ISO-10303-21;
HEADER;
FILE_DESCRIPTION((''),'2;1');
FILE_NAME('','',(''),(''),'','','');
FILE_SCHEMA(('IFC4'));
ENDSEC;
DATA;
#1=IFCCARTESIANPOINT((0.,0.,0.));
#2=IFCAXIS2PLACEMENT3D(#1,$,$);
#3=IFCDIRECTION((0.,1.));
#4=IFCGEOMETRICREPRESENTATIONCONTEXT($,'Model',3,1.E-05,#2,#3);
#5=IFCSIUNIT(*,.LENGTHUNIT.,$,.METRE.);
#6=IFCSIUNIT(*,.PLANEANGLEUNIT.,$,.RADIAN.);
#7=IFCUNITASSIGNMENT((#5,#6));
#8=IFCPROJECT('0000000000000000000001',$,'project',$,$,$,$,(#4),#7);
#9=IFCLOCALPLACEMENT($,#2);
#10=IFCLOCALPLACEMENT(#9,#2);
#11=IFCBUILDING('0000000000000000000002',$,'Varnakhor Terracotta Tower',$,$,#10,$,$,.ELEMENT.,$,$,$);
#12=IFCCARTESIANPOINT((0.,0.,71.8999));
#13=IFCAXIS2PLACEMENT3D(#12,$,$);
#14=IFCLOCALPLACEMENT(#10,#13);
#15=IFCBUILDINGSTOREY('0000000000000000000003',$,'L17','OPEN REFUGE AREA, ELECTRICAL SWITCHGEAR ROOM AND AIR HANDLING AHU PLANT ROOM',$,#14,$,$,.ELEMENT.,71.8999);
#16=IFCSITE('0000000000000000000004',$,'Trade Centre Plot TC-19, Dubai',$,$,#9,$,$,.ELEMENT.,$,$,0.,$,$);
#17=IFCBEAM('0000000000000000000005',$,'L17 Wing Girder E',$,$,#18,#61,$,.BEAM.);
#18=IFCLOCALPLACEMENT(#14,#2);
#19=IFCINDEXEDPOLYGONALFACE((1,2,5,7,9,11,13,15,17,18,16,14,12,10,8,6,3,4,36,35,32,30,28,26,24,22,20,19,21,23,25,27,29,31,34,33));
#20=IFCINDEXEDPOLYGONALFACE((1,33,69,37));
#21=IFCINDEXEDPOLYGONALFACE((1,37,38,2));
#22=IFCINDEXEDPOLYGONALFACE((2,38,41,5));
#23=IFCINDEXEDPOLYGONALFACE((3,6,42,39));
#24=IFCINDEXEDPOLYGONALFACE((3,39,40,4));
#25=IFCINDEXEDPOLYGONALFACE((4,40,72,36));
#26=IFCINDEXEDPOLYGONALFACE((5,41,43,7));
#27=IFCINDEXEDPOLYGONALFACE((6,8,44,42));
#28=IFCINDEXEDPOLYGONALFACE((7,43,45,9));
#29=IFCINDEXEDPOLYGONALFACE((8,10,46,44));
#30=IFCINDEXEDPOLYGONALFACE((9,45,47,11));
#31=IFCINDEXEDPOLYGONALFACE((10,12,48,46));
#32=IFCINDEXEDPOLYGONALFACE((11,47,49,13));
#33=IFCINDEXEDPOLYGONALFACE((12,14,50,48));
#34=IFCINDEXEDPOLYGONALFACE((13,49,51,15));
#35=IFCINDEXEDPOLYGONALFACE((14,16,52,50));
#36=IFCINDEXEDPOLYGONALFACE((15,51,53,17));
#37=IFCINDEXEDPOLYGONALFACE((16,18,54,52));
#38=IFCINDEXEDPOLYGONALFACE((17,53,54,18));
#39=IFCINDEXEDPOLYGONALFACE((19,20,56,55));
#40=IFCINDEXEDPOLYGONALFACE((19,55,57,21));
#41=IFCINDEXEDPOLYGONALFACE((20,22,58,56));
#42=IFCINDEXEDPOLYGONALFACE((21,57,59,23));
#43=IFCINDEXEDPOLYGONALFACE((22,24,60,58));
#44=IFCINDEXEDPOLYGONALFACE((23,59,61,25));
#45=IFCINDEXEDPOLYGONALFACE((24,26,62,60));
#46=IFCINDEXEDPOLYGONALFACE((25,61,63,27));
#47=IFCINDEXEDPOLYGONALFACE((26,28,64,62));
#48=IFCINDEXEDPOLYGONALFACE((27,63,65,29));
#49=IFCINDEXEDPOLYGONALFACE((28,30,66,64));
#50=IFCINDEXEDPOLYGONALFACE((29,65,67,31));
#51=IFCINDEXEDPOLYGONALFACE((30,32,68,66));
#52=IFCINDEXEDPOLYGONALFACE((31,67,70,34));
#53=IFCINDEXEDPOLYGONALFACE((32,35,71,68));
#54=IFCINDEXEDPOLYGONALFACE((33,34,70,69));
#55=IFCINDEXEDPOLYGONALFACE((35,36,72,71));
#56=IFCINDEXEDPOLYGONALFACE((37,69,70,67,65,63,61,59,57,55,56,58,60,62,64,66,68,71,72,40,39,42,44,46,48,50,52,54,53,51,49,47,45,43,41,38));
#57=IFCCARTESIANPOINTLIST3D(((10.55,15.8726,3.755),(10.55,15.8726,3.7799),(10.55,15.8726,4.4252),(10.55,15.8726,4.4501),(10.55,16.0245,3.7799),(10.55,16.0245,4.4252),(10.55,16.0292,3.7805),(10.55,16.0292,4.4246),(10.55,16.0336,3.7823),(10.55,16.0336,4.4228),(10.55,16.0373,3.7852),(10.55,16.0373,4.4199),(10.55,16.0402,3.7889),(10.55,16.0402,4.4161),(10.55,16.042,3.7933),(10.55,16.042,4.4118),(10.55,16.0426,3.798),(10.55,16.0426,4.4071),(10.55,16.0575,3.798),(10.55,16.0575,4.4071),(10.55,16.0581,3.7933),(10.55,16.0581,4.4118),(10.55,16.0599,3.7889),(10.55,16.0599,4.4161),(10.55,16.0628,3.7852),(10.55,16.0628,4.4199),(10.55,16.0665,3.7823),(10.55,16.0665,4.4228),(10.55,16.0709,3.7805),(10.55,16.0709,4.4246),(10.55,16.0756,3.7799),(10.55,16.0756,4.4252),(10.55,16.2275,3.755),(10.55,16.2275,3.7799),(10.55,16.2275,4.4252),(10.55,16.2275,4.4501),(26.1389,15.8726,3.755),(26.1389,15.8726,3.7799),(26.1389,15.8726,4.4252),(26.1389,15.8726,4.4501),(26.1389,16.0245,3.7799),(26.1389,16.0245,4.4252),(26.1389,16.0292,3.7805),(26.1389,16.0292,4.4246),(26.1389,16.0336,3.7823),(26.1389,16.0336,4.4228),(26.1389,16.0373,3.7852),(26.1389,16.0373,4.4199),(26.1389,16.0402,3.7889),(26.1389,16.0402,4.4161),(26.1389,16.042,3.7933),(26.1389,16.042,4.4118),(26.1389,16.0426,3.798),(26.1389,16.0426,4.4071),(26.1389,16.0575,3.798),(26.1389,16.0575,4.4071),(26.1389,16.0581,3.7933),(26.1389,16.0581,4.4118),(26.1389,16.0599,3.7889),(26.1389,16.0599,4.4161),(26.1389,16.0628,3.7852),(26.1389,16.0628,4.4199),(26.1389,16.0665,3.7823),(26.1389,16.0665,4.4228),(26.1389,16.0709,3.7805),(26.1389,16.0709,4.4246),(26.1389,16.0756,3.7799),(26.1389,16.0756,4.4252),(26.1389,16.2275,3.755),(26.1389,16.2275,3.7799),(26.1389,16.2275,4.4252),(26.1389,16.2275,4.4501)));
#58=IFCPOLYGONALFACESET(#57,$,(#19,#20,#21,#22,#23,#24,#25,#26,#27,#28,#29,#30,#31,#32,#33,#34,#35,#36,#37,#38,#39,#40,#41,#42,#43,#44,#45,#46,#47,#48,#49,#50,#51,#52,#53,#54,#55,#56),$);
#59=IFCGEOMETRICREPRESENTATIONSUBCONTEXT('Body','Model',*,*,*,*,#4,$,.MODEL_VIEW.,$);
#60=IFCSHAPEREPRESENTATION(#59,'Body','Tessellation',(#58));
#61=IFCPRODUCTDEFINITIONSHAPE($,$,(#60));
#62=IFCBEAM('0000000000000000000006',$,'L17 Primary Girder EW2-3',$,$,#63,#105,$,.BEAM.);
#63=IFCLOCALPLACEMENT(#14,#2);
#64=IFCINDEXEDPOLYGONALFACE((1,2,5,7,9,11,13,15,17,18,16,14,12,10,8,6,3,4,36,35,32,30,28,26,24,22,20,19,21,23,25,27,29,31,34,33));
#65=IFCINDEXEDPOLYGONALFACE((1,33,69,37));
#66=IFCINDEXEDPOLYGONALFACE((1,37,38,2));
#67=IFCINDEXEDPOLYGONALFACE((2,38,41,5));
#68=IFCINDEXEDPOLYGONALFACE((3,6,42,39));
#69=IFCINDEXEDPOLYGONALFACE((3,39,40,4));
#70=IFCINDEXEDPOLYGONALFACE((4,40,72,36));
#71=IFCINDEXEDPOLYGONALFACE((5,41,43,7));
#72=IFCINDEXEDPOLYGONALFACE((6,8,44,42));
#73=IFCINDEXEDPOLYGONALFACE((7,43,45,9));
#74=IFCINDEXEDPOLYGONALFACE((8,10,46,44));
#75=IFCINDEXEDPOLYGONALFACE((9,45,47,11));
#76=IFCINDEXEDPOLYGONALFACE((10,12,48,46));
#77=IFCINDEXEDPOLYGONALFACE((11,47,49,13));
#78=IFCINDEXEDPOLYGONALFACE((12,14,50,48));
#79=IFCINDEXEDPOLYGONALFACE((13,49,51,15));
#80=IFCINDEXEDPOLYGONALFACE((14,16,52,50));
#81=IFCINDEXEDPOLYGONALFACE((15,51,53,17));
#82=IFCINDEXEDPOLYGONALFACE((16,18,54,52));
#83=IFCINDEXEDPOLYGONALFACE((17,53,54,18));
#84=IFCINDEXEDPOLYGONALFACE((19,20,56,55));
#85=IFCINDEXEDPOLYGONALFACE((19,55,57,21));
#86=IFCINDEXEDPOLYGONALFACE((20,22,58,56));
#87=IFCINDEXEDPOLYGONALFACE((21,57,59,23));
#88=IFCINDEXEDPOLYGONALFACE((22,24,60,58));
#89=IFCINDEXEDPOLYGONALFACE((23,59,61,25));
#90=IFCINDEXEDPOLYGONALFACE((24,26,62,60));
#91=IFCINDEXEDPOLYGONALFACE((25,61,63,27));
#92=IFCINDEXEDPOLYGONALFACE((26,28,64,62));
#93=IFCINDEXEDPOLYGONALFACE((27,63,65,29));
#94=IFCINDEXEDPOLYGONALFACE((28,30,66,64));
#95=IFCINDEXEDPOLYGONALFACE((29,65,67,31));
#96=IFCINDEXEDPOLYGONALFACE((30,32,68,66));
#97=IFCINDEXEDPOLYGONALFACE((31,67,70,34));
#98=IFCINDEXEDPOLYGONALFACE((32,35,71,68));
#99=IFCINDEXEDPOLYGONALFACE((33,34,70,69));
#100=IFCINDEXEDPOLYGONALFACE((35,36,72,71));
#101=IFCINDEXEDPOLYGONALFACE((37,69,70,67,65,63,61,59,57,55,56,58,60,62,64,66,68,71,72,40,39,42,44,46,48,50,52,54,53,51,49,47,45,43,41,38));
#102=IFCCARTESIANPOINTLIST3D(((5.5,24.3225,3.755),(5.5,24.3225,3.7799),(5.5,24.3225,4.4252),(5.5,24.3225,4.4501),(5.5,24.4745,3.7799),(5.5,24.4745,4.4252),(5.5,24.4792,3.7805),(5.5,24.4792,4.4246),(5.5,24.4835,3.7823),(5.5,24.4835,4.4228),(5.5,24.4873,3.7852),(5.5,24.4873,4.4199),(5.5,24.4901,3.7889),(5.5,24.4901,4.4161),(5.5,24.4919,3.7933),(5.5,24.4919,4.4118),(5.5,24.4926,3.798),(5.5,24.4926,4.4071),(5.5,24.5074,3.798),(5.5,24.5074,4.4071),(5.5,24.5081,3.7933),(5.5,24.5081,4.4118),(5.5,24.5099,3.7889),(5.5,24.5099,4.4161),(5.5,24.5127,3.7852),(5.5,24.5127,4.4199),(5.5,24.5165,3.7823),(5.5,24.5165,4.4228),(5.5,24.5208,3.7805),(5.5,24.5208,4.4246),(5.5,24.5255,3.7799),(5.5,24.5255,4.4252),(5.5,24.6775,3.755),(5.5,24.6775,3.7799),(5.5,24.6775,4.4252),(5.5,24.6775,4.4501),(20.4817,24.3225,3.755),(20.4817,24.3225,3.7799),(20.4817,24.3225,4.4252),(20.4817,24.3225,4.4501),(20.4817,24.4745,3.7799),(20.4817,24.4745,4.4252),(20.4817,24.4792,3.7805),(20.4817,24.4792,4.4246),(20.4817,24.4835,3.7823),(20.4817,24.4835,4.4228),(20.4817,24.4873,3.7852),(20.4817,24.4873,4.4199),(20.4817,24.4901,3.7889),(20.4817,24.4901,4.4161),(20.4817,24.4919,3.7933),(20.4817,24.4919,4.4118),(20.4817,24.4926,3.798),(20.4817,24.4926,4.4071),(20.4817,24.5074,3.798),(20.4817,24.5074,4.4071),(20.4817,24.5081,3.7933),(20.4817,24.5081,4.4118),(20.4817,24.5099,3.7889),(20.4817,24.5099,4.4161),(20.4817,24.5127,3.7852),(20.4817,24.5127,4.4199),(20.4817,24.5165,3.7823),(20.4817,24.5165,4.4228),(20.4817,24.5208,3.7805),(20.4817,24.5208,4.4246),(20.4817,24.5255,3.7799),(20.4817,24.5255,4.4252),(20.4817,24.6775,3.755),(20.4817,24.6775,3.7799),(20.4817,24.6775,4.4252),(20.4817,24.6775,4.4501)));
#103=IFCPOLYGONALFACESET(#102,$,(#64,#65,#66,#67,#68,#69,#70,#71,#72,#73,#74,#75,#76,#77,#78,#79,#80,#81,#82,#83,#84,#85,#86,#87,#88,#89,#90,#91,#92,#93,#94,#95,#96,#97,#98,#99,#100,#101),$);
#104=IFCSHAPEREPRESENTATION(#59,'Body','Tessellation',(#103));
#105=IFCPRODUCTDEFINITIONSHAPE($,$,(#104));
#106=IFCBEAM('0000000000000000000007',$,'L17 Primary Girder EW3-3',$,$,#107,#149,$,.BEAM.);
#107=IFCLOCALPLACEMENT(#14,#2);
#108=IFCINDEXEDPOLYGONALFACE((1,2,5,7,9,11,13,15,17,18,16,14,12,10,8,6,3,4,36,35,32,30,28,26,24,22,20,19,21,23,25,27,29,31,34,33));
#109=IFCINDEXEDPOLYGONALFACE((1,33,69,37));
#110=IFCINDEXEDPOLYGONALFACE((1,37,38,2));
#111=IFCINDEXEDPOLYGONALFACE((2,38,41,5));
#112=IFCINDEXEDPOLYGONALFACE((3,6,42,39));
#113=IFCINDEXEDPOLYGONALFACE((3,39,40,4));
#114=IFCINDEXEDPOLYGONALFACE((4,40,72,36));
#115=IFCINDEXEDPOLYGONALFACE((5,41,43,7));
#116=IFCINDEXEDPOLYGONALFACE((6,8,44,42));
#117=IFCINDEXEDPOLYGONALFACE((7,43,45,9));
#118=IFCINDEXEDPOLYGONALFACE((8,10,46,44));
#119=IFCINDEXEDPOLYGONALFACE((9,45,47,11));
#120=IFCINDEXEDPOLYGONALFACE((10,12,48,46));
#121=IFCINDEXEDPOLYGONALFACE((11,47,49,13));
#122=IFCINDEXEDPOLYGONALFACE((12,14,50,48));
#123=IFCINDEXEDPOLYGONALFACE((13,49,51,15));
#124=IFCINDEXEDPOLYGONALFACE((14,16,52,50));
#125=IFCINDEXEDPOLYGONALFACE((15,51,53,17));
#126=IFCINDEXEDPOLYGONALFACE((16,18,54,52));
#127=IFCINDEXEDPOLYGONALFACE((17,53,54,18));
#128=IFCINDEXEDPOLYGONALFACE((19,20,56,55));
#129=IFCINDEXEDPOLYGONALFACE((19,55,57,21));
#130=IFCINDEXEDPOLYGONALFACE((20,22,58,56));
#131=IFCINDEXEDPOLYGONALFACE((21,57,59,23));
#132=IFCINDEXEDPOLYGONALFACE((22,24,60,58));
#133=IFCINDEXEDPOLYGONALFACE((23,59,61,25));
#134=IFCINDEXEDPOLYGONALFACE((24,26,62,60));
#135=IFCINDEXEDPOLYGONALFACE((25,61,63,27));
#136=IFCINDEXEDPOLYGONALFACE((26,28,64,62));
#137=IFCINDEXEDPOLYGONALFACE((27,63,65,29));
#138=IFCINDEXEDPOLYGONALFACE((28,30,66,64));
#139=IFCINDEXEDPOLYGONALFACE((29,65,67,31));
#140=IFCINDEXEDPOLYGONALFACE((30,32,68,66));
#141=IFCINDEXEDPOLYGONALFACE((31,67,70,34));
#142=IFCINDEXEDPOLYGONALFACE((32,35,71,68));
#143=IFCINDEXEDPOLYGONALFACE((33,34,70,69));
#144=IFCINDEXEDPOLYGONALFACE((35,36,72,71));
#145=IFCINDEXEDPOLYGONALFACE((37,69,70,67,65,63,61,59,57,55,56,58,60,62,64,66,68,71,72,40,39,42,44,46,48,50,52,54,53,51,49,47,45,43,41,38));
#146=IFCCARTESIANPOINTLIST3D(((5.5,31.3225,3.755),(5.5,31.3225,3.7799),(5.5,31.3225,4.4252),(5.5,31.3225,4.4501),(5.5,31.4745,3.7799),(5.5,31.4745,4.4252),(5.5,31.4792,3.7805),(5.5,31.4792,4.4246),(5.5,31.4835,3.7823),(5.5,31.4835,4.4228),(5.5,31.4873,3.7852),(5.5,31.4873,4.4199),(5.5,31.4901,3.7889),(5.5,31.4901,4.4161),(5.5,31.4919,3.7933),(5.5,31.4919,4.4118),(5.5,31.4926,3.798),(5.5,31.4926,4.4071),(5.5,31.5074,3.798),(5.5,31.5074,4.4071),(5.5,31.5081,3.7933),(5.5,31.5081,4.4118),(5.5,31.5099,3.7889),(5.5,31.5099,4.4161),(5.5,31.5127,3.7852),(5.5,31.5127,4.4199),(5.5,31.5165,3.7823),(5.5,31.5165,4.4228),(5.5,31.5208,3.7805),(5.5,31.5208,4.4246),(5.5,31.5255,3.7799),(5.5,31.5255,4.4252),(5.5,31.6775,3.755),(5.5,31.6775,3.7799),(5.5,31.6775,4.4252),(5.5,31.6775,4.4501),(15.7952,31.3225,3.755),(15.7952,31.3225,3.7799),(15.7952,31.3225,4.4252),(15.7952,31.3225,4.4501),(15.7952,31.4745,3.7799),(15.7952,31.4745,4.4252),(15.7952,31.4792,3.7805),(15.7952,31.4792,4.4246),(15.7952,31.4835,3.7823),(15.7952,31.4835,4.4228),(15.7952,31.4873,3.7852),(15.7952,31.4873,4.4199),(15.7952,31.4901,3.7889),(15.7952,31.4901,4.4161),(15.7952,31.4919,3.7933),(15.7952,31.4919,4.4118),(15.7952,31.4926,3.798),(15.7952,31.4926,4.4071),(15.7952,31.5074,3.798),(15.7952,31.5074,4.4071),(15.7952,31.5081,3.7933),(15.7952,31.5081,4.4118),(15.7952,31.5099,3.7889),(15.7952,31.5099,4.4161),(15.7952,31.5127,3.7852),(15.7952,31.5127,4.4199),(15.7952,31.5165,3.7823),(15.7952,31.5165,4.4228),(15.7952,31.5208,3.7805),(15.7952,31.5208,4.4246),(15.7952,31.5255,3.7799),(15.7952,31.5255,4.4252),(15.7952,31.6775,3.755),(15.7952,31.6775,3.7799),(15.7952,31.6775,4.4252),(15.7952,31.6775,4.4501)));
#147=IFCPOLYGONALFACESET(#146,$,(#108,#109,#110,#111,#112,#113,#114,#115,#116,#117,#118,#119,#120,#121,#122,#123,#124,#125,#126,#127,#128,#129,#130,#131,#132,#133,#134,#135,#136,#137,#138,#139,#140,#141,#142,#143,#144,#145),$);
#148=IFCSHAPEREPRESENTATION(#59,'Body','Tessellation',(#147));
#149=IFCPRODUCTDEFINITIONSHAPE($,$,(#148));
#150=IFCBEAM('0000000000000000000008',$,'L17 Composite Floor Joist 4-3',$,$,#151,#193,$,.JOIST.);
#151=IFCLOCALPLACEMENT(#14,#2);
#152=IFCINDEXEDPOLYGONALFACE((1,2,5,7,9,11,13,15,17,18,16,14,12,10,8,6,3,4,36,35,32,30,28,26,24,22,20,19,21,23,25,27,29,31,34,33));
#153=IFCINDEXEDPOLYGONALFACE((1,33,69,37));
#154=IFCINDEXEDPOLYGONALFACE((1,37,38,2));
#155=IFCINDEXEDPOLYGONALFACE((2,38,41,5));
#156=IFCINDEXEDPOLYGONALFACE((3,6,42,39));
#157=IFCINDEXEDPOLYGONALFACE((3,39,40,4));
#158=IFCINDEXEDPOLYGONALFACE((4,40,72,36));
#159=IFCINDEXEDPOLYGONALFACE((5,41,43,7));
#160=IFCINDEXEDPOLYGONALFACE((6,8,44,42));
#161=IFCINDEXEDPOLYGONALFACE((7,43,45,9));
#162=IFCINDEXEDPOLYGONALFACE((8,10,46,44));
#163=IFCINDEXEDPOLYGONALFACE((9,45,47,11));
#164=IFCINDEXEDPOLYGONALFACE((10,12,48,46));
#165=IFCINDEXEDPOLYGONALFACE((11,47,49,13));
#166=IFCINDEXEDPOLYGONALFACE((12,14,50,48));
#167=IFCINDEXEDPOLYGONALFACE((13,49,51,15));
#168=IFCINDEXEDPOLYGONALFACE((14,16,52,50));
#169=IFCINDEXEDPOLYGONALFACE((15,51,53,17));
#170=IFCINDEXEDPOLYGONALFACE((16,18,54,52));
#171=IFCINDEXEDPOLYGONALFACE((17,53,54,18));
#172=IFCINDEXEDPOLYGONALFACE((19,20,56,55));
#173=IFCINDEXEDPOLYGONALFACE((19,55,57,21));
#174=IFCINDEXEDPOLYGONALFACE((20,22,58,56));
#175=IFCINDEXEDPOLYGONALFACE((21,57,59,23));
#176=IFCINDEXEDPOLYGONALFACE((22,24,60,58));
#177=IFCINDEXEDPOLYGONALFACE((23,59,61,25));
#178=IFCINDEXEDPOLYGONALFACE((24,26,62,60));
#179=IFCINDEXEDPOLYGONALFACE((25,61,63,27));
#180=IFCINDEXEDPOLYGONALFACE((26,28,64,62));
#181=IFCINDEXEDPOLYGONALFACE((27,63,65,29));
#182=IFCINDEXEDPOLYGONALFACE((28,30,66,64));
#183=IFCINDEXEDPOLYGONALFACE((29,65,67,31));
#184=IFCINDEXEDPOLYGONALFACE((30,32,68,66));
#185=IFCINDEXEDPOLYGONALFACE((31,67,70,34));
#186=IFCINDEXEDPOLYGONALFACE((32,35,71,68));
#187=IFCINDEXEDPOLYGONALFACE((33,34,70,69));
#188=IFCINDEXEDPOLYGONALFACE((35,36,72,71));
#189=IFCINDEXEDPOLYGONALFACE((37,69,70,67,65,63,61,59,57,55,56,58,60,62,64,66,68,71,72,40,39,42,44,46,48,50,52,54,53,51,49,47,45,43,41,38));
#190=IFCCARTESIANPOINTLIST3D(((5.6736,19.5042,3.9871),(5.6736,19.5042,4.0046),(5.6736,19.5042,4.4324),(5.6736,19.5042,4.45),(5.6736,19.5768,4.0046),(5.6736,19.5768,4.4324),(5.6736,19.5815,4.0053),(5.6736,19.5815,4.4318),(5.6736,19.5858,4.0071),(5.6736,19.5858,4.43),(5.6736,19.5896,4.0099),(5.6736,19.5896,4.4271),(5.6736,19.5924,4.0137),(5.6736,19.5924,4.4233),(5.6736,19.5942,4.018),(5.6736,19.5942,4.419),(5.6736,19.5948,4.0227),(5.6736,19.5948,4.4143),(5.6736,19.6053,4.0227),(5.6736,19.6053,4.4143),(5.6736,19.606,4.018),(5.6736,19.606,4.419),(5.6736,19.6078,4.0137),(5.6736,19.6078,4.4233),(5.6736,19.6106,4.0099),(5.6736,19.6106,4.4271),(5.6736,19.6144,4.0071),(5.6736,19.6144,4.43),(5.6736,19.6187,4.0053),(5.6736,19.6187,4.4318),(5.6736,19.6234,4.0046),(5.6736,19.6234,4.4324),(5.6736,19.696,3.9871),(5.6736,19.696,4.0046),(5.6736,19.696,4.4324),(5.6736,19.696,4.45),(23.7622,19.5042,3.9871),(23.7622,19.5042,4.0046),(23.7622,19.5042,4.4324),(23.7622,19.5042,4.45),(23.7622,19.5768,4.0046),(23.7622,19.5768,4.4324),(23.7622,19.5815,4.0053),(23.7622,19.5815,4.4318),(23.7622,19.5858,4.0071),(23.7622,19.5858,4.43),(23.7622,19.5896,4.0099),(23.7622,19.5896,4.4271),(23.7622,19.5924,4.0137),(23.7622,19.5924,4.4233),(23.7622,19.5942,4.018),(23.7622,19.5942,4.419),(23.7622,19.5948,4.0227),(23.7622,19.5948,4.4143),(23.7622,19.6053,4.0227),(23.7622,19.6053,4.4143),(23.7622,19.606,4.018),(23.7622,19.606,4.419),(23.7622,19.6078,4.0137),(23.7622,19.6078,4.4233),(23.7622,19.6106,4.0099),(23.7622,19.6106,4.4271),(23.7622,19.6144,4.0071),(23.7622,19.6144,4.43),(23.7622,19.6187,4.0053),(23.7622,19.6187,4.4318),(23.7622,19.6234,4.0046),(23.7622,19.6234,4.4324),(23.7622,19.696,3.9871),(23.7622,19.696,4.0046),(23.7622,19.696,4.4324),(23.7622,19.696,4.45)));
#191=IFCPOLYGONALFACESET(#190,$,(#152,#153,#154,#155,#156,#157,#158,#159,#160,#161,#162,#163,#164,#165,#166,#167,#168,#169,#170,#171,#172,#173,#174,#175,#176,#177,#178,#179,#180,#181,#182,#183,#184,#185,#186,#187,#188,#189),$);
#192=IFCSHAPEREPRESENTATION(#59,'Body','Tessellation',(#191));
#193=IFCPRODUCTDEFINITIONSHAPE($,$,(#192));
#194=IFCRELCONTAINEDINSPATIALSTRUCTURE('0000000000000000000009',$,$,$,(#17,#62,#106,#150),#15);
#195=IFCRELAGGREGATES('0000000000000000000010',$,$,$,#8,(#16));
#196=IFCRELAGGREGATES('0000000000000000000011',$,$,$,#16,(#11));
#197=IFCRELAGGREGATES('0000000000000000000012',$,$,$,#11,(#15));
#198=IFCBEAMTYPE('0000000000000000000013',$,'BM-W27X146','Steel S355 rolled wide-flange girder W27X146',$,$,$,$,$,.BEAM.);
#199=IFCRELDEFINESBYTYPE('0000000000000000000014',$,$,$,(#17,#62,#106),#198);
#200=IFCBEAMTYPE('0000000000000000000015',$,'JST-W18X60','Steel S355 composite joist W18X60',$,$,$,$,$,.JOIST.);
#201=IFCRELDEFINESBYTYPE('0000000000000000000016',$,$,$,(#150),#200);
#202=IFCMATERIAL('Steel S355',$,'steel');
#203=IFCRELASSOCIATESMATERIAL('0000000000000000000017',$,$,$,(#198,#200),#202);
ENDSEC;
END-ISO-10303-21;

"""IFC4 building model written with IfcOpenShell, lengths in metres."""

from ifc_helpers import new_model, si_unit, direction, frame, origin, origin_2d, place, context, subcontext, project, spatial, i_section, extrude, source, transform, mapped, material, material_profile, profile_set, type_object, element, save


model = new_model("IFC4")

# Units and contexts
model_context = context("Model", 3, precision=1e-05, world=origin(), true_north=direction((0.0, 1.0)))
body_context = subcontext(model_context, "Body", "Model", "MODEL_VIEW")
ifc_project = project(units=[si_unit("LENGTHUNIT", "METRE"), si_unit("PLANEANGLEUNIT", "RADIAN")], contexts=[model_context])

# Site, building, storey
site_placement = place(None, origin())
site = spatial("IfcSite", under=ifc_project, at=site_placement, Name="Trade Centre Plot TC-19, Dubai", CompositionType="ELEMENT", RefElevation=0.0)
building_placement = place(site_placement, origin())
building = spatial("IfcBuilding", under=site, at=building_placement, Name="Varnakhor Terracotta Tower", CompositionType="ELEMENT")
storey_placement = place(building_placement, frame((0.0, 0.0, 71.8999)))
storey = spatial("IfcBuildingStorey", under=building, at=storey_placement, Name="L17", Description="OPEN REFUGE AREA, ELECTRICAL SWITCHGEAR ROOM AND AIR HANDLING AHU PLANT ROOM", CompositionType="ELEMENT", Elevation=71.8999)

# Beams
ifc_material_1 = material(Name="Steel S355", Category="steel")
ifc_material_profile_1 = material_profile(ifc_material_1, i_section(OverallWidth=0.355, OverallDepth=0.6951, WebThickness=0.0149, FlangeThickness=0.0249, FilletRadius=0.0181, at=origin_2d()), Name="W27X146")
ifc_profile_set_1 = profile_set([ifc_material_profile_1], Name="Steel S355")
beam_type_1 = type_object("IfcBeamType", Name="BM-W27X146", Description="Steel S355 rolled wide-flange girder W27X146", PredefinedType="BEAM", material=ifc_profile_set_1)
shared_shape_1 = source(origin(), body_context, "Body", "SweptSolid", [
    extrude(i_section(OverallWidth=0.355, OverallDepth=0.6951, WebThickness=0.0149, FlangeThickness=0.0249, FilletRadius=0.0181, at=origin_2d()), origin(), (0.0, 0.0, 1.0), 15.5889),
])
beam_1_placement = place(storey_placement, frame((10.55, 16.05, 4.1025), z_axis=(1.0, 0.0, 0.0), x_axis=(0.0, 1.0, 0.0)))
element("IfcBeam", 1, at=beam_1_placement, inside=storey, type_object=beam_type_1, Name="L17 Wing Girder E", PredefinedType="BEAM", context=body_context, shape_type="MappedRepresentation", body=[
    mapped(shared_shape_1, transform((0.0, 0.0, 0.0), scale=1.0)),
])
shared_shape_2 = source(origin(), body_context, "Body", "SweptSolid", [
    extrude(i_section(OverallWidth=0.355, OverallDepth=0.6951, WebThickness=0.0149, FlangeThickness=0.0249, FilletRadius=0.0181, at=origin_2d()), origin(), (0.0, 0.0, 1.0), 14.9817),
])
beam_2_placement = place(storey_placement, frame((5.5, 24.5, 4.1025), z_axis=(1.0, 0.0, 0.0), x_axis=(0.0, 1.0, 0.0)))
element("IfcBeam", 2, at=beam_2_placement, inside=storey, type_object=beam_type_1, Name="L17 Primary Girder EW2-3", PredefinedType="BEAM", context=body_context, shape_type="MappedRepresentation", body=[
    mapped(shared_shape_2, transform((0.0, 0.0, 0.0), scale=1.0)),
])
shared_shape_3 = source(origin(), body_context, "Body", "SweptSolid", [
    extrude(i_section(OverallWidth=0.355, OverallDepth=0.6951, WebThickness=0.0149, FlangeThickness=0.0249, FilletRadius=0.0181, at=origin_2d()), origin(), (0.0, 0.0, 1.0), 10.2952),
])
beam_3_placement = place(storey_placement, frame((5.5, 31.5, 4.1025), z_axis=(1.0, 0.0, 0.0), x_axis=(0.0, 1.0, 0.0)))
element("IfcBeam", 3, at=beam_3_placement, inside=storey, type_object=beam_type_1, Name="L17 Primary Girder EW3-3", PredefinedType="BEAM", context=body_context, shape_type="MappedRepresentation", body=[
    mapped(shared_shape_3, transform((0.0, 0.0, 0.0), scale=1.0)),
])
ifc_material_profile_2 = material_profile(ifc_material_1, i_section(OverallWidth=0.1919, OverallDepth=0.4629, WebThickness=0.0105, FlangeThickness=0.0176, FilletRadius=0.0181, at=origin_2d()), Name="W18X60")
ifc_profile_set_2 = profile_set([ifc_material_profile_2], Name="Steel S355")
beam_type_2 = type_object("IfcBeamType", Name="JST-W18X60", Description="Steel S355 composite joist W18X60", PredefinedType="JOIST", material=ifc_profile_set_2)
shared_shape_4 = source(origin(), body_context, "Body", "SweptSolid", [
    extrude(i_section(OverallWidth=0.1919, OverallDepth=0.4629, WebThickness=0.0105, FlangeThickness=0.0176, FilletRadius=0.0181, at=origin_2d()), origin(), (0.0, 0.0, 1.0), 18.0886),
])
beam_4_placement = place(storey_placement, frame((5.6736, 19.6001, 4.2185), z_axis=(1.0, 0.0, 0.0), x_axis=(0.0, 1.0, 0.0)))
element("IfcBeam", 4, at=beam_4_placement, inside=storey, type_object=beam_type_2, Name="L17 Composite Floor Joist 4-3", PredefinedType="JOIST", context=body_context, shape_type="MappedRepresentation", body=[
    mapped(shared_shape_4, transform((0.0, 0.0, 0.0), scale=1.0)),
])

save(model, "model.ifc")
